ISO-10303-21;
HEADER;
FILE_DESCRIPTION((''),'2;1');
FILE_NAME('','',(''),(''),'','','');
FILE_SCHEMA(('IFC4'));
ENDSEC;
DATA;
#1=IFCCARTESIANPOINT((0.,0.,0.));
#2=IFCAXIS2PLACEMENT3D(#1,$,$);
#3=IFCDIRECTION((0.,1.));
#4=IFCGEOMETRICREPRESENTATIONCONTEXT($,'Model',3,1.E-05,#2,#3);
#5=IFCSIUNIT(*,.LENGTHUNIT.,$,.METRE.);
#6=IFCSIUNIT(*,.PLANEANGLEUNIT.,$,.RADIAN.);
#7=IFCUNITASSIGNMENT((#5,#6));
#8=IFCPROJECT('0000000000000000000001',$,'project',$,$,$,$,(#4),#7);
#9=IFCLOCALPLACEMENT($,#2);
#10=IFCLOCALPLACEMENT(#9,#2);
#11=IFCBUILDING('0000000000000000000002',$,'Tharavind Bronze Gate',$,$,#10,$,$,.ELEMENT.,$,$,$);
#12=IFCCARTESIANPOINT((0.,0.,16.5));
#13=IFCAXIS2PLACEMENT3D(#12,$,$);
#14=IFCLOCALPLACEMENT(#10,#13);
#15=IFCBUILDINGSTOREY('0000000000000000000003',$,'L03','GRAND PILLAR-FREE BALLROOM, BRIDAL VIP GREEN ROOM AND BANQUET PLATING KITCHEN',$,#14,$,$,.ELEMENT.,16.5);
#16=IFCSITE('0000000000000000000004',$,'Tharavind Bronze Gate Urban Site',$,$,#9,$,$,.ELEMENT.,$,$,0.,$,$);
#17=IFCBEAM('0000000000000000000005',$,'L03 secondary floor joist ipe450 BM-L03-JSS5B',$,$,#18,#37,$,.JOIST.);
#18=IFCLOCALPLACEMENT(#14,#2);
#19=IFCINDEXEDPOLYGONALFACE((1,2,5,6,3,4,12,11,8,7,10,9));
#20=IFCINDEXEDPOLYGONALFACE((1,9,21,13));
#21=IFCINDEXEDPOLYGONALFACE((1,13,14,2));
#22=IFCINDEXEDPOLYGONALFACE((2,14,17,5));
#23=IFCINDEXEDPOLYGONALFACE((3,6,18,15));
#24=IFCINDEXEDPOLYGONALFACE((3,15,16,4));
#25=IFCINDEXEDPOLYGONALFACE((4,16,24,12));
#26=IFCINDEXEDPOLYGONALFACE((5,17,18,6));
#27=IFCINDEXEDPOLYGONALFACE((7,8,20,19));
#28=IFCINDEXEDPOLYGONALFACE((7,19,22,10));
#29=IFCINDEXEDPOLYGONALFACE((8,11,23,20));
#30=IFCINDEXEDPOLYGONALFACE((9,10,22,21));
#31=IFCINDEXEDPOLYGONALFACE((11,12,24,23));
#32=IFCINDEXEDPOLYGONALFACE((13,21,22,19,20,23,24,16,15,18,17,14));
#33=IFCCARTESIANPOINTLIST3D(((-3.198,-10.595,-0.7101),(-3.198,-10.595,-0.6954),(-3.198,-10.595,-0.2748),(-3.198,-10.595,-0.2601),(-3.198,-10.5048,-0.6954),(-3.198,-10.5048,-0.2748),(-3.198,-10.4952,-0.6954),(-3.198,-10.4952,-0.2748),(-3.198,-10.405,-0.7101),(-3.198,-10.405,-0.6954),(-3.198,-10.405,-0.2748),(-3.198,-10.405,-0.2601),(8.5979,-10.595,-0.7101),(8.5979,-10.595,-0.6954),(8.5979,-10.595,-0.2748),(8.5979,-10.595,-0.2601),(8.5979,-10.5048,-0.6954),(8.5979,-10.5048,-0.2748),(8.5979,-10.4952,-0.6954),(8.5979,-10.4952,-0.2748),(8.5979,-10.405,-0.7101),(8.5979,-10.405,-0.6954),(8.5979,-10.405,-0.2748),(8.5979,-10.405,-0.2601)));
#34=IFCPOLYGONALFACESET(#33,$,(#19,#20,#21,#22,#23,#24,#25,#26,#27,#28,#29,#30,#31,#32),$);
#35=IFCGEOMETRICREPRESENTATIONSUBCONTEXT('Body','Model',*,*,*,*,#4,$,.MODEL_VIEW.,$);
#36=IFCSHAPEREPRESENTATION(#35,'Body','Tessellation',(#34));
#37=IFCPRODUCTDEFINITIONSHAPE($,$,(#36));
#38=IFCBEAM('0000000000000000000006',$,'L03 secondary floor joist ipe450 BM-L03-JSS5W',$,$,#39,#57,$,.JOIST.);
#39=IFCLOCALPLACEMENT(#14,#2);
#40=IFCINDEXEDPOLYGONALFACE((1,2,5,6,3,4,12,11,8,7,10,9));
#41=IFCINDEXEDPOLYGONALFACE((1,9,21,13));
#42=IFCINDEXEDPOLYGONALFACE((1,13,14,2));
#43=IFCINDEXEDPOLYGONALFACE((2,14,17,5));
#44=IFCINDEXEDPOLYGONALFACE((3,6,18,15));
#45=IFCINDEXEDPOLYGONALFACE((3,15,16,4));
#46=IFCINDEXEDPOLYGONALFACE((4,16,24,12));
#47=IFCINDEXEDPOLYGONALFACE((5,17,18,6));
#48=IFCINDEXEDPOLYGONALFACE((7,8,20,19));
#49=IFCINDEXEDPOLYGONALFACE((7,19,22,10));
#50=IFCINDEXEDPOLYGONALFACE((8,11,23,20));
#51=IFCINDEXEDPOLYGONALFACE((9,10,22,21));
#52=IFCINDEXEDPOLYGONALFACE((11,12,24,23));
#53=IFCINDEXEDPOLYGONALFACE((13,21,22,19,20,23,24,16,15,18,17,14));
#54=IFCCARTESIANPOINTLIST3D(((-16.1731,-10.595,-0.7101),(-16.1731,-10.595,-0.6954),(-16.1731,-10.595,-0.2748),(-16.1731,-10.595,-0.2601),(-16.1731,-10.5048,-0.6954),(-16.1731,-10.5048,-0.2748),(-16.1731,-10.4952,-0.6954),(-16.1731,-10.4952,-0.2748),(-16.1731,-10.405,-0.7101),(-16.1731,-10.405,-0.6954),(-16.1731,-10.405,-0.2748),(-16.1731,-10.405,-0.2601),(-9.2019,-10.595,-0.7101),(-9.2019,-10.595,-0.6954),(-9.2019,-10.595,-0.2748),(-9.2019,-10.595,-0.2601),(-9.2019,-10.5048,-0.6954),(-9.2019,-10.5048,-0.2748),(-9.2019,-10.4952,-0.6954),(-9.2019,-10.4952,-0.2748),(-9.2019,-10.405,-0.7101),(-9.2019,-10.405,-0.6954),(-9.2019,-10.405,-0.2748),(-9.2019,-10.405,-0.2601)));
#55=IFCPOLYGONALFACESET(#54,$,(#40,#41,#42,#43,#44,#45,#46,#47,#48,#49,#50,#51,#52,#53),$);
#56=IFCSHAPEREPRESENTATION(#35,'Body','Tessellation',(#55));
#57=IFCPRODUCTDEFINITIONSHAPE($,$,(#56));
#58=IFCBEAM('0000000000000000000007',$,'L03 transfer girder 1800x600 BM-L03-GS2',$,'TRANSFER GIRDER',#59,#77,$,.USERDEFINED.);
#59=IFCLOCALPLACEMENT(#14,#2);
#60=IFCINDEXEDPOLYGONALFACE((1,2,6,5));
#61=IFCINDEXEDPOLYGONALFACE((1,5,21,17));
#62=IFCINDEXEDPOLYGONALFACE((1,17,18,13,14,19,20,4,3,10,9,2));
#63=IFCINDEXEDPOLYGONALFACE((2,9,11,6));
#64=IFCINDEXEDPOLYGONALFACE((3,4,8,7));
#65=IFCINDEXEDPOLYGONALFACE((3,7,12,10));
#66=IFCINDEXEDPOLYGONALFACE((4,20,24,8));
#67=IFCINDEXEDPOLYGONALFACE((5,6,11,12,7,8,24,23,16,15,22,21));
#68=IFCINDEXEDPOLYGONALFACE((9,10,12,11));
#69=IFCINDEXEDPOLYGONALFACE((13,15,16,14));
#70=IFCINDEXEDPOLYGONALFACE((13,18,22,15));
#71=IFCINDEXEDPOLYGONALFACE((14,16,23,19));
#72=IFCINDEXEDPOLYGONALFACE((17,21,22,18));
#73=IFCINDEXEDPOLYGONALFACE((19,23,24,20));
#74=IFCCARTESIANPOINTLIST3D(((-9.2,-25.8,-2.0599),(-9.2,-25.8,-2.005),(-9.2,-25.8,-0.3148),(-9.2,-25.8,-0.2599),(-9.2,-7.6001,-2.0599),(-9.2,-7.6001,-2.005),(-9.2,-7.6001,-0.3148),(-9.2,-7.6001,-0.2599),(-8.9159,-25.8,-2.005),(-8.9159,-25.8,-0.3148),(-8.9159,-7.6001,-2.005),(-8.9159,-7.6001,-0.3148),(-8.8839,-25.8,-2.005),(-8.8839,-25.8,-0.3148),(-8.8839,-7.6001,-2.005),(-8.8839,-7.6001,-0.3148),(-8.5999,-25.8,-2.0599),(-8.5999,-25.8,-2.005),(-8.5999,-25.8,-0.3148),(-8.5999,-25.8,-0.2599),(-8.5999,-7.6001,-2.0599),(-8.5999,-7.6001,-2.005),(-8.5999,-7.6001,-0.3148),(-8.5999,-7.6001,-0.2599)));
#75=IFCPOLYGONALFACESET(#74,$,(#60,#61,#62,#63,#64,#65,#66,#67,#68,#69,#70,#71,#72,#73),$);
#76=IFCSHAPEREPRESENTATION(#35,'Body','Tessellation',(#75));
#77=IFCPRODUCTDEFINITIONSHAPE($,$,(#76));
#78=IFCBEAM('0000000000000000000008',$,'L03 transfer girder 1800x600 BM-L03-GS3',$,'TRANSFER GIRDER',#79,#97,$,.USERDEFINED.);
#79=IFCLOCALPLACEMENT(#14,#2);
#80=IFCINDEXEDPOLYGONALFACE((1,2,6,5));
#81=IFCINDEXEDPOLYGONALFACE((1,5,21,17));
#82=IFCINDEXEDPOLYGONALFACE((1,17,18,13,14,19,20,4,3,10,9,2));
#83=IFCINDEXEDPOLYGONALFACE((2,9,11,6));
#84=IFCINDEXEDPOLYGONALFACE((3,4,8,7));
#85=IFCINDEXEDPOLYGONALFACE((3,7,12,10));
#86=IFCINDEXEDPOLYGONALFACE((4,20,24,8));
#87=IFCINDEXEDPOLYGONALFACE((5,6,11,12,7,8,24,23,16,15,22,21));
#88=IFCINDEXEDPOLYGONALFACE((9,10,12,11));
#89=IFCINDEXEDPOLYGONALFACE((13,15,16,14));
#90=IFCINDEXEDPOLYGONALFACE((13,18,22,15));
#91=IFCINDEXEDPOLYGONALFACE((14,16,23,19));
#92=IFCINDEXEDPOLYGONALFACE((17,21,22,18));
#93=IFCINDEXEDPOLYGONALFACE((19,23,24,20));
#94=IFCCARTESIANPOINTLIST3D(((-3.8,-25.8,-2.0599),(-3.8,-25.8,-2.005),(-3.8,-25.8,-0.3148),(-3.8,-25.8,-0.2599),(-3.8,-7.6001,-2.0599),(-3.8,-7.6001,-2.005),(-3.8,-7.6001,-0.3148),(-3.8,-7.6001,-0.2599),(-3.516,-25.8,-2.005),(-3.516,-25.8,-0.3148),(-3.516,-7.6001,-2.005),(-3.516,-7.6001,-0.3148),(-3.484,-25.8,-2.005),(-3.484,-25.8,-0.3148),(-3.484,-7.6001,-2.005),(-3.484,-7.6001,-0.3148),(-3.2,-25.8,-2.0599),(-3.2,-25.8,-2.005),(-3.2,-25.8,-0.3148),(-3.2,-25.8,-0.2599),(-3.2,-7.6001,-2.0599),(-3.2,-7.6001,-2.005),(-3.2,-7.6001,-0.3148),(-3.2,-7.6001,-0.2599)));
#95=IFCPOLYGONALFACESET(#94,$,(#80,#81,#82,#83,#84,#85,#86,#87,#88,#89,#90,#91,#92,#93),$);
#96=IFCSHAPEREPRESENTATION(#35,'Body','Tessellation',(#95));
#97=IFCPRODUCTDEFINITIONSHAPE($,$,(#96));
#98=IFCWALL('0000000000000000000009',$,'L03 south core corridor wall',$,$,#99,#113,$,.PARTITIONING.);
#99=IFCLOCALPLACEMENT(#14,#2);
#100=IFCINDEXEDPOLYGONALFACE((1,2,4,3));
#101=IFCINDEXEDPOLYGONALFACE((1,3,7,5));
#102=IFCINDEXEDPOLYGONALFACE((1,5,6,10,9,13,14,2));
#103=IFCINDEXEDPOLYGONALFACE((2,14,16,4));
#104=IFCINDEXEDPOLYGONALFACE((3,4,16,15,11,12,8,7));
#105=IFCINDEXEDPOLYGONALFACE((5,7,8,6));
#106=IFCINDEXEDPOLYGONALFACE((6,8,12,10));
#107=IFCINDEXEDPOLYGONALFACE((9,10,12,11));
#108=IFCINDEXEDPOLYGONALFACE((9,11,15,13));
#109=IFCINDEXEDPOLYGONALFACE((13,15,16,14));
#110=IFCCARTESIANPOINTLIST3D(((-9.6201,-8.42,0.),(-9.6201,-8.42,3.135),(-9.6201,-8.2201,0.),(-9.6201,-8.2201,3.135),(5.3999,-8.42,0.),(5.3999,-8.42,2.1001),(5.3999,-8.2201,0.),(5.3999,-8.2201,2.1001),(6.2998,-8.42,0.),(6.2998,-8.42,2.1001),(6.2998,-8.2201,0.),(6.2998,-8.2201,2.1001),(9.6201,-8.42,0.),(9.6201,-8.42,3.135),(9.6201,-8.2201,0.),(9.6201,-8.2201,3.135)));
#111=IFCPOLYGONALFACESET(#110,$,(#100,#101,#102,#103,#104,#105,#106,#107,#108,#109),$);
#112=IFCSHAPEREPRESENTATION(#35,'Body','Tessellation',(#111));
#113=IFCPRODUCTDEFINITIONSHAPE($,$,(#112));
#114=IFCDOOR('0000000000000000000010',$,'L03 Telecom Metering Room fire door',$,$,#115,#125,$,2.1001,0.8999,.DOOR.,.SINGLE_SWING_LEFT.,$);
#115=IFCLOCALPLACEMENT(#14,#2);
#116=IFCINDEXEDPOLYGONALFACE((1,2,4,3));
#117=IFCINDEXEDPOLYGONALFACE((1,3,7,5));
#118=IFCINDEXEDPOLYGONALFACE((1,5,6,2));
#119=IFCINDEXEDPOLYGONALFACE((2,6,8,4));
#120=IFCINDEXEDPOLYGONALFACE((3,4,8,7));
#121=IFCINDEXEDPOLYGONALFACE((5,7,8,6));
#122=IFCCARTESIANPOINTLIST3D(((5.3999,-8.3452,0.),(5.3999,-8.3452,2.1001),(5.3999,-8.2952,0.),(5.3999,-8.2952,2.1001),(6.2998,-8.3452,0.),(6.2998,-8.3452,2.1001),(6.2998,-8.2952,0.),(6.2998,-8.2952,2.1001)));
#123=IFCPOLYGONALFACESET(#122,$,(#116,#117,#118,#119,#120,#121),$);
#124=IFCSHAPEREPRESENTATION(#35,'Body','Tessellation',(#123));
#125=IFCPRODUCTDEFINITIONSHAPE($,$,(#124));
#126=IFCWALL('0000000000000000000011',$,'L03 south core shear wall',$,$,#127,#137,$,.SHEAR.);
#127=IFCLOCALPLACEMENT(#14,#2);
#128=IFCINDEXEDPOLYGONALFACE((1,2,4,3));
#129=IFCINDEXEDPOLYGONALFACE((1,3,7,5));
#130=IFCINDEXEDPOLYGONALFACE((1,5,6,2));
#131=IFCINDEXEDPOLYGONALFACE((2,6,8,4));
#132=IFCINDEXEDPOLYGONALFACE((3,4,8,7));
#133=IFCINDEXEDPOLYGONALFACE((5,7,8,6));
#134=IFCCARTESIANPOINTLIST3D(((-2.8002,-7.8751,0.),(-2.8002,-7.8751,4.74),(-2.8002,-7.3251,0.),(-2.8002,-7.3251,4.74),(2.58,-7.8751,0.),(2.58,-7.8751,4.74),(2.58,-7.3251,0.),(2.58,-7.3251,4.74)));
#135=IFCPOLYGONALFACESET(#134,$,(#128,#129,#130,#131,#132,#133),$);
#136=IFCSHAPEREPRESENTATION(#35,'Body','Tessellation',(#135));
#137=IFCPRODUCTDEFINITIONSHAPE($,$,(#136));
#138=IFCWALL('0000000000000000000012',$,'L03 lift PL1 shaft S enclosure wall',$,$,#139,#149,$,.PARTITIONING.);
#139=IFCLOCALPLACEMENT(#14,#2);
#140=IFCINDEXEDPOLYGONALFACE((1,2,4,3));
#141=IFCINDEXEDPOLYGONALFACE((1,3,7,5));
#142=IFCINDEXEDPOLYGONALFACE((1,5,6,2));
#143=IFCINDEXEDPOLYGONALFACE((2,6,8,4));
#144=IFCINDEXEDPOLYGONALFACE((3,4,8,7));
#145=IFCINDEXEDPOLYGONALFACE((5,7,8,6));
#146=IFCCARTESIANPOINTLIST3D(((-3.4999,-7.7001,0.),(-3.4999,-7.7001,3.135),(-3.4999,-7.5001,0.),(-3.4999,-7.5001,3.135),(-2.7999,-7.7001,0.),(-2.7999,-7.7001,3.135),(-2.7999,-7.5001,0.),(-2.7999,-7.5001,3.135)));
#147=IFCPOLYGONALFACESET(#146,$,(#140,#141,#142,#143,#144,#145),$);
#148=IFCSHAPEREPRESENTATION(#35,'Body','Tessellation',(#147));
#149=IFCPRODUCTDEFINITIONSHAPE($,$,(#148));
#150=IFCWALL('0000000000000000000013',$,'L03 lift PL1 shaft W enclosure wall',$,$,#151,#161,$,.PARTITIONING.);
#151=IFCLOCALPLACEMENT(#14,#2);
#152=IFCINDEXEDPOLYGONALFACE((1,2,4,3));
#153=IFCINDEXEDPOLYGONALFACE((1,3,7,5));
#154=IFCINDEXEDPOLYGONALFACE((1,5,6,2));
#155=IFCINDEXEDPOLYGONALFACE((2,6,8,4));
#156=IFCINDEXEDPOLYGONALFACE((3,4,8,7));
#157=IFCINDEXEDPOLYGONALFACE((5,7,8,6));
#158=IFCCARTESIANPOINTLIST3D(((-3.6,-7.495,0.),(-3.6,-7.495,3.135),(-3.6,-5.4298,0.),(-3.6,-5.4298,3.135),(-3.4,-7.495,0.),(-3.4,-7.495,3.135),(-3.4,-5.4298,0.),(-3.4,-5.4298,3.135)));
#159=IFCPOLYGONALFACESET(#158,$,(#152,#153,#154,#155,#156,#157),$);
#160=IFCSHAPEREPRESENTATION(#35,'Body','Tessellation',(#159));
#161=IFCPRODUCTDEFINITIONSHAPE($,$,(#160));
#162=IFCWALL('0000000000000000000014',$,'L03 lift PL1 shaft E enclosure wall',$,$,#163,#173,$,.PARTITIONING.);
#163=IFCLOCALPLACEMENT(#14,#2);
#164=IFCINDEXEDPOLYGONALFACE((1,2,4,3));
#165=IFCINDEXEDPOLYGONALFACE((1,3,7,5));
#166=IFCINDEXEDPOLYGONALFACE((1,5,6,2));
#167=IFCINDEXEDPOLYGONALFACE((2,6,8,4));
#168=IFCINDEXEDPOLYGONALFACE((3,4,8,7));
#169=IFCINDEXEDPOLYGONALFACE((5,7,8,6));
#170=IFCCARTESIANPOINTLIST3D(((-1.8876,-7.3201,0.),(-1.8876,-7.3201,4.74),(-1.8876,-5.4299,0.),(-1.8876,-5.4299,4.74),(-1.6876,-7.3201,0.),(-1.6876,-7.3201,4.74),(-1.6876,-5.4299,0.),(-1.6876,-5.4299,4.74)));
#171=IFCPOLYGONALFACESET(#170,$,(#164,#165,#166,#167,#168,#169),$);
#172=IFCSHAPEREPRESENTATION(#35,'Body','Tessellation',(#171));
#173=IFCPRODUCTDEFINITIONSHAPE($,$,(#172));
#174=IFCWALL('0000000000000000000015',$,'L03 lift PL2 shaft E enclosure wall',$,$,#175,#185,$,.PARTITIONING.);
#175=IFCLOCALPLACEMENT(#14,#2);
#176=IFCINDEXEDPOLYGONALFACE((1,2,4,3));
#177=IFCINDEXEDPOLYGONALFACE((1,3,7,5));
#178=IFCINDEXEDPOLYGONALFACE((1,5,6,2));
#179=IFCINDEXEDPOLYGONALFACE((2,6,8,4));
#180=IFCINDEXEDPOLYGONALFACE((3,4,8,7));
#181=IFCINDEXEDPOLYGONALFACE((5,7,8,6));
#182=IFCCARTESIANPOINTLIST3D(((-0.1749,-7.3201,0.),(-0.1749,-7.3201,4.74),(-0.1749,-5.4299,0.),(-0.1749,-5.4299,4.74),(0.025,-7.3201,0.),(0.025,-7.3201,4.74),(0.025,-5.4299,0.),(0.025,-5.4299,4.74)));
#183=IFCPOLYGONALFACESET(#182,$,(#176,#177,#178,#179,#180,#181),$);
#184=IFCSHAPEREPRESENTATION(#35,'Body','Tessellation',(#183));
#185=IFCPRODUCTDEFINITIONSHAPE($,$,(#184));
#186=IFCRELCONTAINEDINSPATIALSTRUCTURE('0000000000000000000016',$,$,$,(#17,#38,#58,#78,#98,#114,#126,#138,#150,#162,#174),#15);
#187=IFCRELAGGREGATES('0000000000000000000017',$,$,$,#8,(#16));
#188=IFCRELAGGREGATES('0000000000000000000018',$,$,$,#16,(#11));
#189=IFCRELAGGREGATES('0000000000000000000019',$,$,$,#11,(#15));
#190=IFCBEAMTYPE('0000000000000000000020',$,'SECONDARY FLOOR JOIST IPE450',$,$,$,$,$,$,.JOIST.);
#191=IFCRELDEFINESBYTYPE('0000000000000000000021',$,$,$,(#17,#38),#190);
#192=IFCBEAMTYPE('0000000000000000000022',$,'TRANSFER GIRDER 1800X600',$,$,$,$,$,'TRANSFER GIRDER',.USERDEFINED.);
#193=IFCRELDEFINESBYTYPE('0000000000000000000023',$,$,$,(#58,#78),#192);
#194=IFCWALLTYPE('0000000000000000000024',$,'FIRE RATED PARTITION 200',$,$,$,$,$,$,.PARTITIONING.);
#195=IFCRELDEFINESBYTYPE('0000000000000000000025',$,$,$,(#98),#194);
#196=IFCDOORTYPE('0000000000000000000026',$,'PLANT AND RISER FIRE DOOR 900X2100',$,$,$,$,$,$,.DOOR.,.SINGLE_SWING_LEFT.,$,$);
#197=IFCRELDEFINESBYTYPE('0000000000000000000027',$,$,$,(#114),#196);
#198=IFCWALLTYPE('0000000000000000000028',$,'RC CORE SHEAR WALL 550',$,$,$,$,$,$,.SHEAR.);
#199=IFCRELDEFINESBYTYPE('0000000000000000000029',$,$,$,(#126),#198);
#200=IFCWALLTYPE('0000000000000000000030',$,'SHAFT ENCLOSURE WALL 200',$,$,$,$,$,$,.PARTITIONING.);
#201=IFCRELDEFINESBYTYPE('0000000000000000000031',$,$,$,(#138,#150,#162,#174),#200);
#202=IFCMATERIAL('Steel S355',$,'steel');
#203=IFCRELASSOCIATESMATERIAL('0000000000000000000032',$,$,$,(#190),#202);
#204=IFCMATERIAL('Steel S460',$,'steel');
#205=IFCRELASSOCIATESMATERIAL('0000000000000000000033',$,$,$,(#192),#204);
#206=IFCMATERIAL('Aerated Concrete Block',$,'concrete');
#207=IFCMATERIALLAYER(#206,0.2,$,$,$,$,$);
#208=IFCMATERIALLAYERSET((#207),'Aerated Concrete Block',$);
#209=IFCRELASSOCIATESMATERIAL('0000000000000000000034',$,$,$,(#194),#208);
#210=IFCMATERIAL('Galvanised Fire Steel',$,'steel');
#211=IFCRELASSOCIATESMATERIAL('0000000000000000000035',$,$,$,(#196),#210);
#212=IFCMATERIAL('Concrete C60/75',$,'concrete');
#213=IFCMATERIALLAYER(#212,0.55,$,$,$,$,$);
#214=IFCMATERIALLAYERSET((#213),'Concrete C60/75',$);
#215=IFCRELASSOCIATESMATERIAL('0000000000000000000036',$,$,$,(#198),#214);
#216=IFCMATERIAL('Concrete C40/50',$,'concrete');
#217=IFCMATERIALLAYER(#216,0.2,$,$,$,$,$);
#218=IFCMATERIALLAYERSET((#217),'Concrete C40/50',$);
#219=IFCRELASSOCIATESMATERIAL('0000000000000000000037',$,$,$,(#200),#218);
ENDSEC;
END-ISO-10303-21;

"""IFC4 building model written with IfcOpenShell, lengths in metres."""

from ifc_helpers import new_model, si_unit, direction, frame, frame_2d, origin, origin_2d, place, context, subcontext, project, spatial, rectangle, i_section, extrude, material, layer, layer_set, material_profile, profile_set, type_object, element, fill, save


model = new_model("IFC4")

# Units and contexts
model_context = context("Model", 3, precision=1e-05, world=origin(), true_north=direction((0.0, 1.0)))
body_context = subcontext(model_context, "Body", "Model", "MODEL_VIEW")
ifc_project = project(units=[si_unit("LENGTHUNIT", "METRE"), si_unit("PLANEANGLEUNIT", "RADIAN")], contexts=[model_context])

# Site, building, storey
site_placement = place(None, origin())
site = spatial("IfcSite", under=ifc_project, at=site_placement, Name="Tharavind Bronze Gate Urban Site", CompositionType="ELEMENT", RefElevation=0.0)
building_placement = place(site_placement, origin())
building = spatial("IfcBuilding", under=site, at=building_placement, Name="Tharavind Bronze Gate", CompositionType="ELEMENT")
storey_placement = place(building_placement, frame((0.0, 0.0, 16.5)))
storey = spatial("IfcBuildingStorey", under=building, at=storey_placement, Name="L03", Description="GRAND PILLAR-FREE BALLROOM, BRIDAL VIP GREEN ROOM AND BANQUET PLATING KITCHEN", CompositionType="ELEMENT", Elevation=16.5)

# Beams
ifc_material_1 = material(Name="Steel S355", Category="steel")
ifc_material_profile_1 = material_profile(ifc_material_1, i_section(OverallWidth=0.1899, OverallDepth=0.45, WebThickness=0.0095, FlangeThickness=0.0146, at=origin_2d()), Name="IPE450")
ifc_profile_set_1 = profile_set([ifc_material_profile_1], Name="Steel S355")
beam_type_1 = type_object("IfcBeamType", Name="SECONDARY FLOOR JOIST IPE450", PredefinedType="JOIST", material=ifc_profile_set_1)
beam_1_placement = place(storey_placement, frame((-3.198, -10.5, -0.4851), z_axis=(1.0, 0.0, 0.0), x_axis=(0.0, 1.0, 0.0)))
element("IfcBeam", 1, at=beam_1_placement, inside=storey, type_object=beam_type_1, Name="L03 secondary floor joist ipe450 BM-L03-JSS5B", PredefinedType="JOIST", context=body_context, shape_type="SweptSolid", body=[
    extrude(i_section(OverallWidth=0.1899, OverallDepth=0.45, WebThickness=0.0095, FlangeThickness=0.0146, at=origin_2d()), origin(), (0.0, 0.0, 1.0), 11.7959),
])
beam_2_placement = place(storey_placement, frame((-16.1731, -10.5, -0.4851), z_axis=(1.0, 0.0, 0.0), x_axis=(0.0, 1.0, 0.0)))
element("IfcBeam", 2, at=beam_2_placement, inside=storey, type_object=beam_type_1, Name="L03 secondary floor joist ipe450 BM-L03-JSS5W", PredefinedType="JOIST", context=body_context, shape_type="SweptSolid", body=[
    extrude(i_section(OverallWidth=0.1899, OverallDepth=0.45, WebThickness=0.0095, FlangeThickness=0.0146, at=origin_2d()), origin(), (0.0, 0.0, 1.0), 6.9712),
])
ifc_material_2 = material(Name="Steel S460", Category="steel")
ifc_material_profile_2 = material_profile(ifc_material_2, i_section(OverallWidth=0.6001, OverallDepth=1.8, WebThickness=0.032, FlangeThickness=0.0549, at=origin_2d()), Name="PG1800X600")
ifc_profile_set_2 = profile_set([ifc_material_profile_2], Name="Steel S460")
beam_type_2 = type_object("IfcBeamType", Name="TRANSFER GIRDER 1800X600", ElementType="TRANSFER GIRDER", PredefinedType="USERDEFINED", material=ifc_profile_set_2)
for number, where, z_axis, x_axis, name in (
    (3, (-8.8999, -25.8, -1.1599), (0.0, 1.0, 0.0), (-1.0, 0.0, 0.0), "L03 transfer girder 1800x600 BM-L03-GS2"),
    (4, (-3.5, -25.8, -1.1599), (0.0, 1.0, 0.0), (-1.0, 0.0, 0.0), "L03 transfer girder 1800x600 BM-L03-GS3"),
):
    element("IfcBeam", number, at=place(storey_placement, frame(where, z_axis=z_axis, x_axis=x_axis)), inside=storey, type_object=beam_type_2, Name=name, ObjectType="TRANSFER GIRDER", PredefinedType="USERDEFINED", context=body_context, shape_type="SweptSolid", body=[
        extrude(i_section(OverallWidth=0.6001, OverallDepth=1.8, WebThickness=0.032, FlangeThickness=0.0549, at=origin_2d()), origin(), (0.0, 0.0, 1.0), 18.2),
    ])

# Wall, opening, door
ifc_material_3 = material(Name="Aerated Concrete Block", Category="concrete")
ifc_layer_1 = layer(ifc_material_3, 0.2)
ifc_layer_set_1 = layer_set([ifc_layer_1], Name="Aerated Concrete Block")
wall_type_1 = type_object("IfcWallType", Name="FIRE RATED PARTITION 200", PredefinedType="PARTITIONING", material=ifc_layer_set_1)
wall_1_placement = place(storey_placement, frame((-9.6201, -8.3201, 0.0), z_axis=(0.0, 0.0, 1.0), x_axis=(1.0, 0.0, 0.0)))
wall_1 = element("IfcWall", 5, at=wall_1_placement, inside=storey, type_object=wall_type_1, Name="L03 south core corridor wall", PredefinedType="PARTITIONING", context=body_context, shape_type="SweptSolid", body=[
    extrude(rectangle(XDim=19.2402, YDim=0.2, at=frame_2d((9.6201, 0.0))), origin(), (0.0, 0.0, 1.0), 3.135),
])
opening_placement = place(wall_1_placement, frame((15.02, 0.0, 0.0)))
opening = element("IfcOpeningElement", 6, at=opening_placement, cuts=wall_1, PredefinedType="OPENING", context=body_context, shape_type="SweptSolid", body=[
    extrude(rectangle(XDim=0.8999, YDim=2.1001, at=frame_2d((0.45, 1.05))), frame((0.0, 0.1101, 0.0), z_axis=(0.0, -1.0, 0.0), x_axis=(1.0, 0.0, 0.0)), (0.0, 0.0, 1.0), 0.22),
])
ifc_material_4 = material(Name="Galvanised Fire Steel", Category="steel")
door_type = type_object("IfcDoorType", Name="PLANT AND RISER FIRE DOOR 900X2100", OperationType="SINGLE_SWING_LEFT", PredefinedType="DOOR", material=ifc_material_4)
door_placement = place(opening_placement, origin())
door = element("IfcDoor", 7, at=door_placement, inside=storey, type_object=door_type, Name="L03 Telecom Metering Room fire door", OperationType="SINGLE_SWING_LEFT", OverallHeight=2.1001, OverallWidth=0.8999, PredefinedType="DOOR", context=body_context, shape_type="SweptSolid", body=[
    extrude(rectangle(XDim=0.8999, YDim=2.1001, at=frame_2d((0.45, 1.05))), frame((0.0, 0.0249, 0.0), z_axis=(0.0, -1.0, 0.0), x_axis=(1.0, 0.0, 0.0)), (0.0, 0.0, 1.0), 0.05),
])
fill(opening, door)

# Walls
ifc_material_5 = material(Name="Concrete C60/75", Category="concrete")
ifc_layer_2 = layer(ifc_material_5, 0.55)
ifc_layer_set_2 = layer_set([ifc_layer_2], Name="Concrete C60/75")
wall_type_2 = type_object("IfcWallType", Name="RC CORE SHEAR WALL 550", PredefinedType="SHEAR", material=ifc_layer_set_2)
wall_2_placement = place(storey_placement, frame((-2.8, -7.6001, 0.0), z_axis=(0.0, 0.0, 1.0), x_axis=(1.0, 0.0, 0.0)))
element("IfcWall", 8, at=wall_2_placement, inside=storey, type_object=wall_type_2, Name="L03 south core shear wall", PredefinedType="SHEAR", context=body_context, shape_type="SweptSolid", body=[
    extrude(rectangle(XDim=5.3801, YDim=0.55, at=frame_2d((2.6899, 0.0))), origin(), (0.0, 0.0, 1.0), 4.74),
])
ifc_material_6 = material(Name="Concrete C40/50", Category="concrete")
ifc_layer_3 = layer(ifc_material_6, 0.2)
ifc_layer_set_3 = layer_set([ifc_layer_3], Name="Concrete C40/50")
wall_type_3 = type_object("IfcWallType", Name="SHAFT ENCLOSURE WALL 200", PredefinedType="PARTITIONING", material=ifc_layer_set_3)
wall_3_placement = place(storey_placement, frame((-3.5, -7.6001, 0.0), z_axis=(0.0, 0.0, 1.0), x_axis=(1.0, 0.0, 0.0)))
element("IfcWall", 9, at=wall_3_placement, inside=storey, type_object=wall_type_3, Name="L03 lift PL1 shaft S enclosure wall", PredefinedType="PARTITIONING", context=body_context, shape_type="SweptSolid", body=[
    extrude(rectangle(XDim=0.7, YDim=0.2, at=frame_2d((0.3501, 0.0))), origin(), (0.0, 0.0, 1.0), 3.135),
])
wall_4_placement = place(storey_placement, frame((-3.5, -7.4951, 0.0), z_axis=(0.0, 0.0, 1.0), x_axis=(0.0, 1.0, 0.0)))
element("IfcWall", 10, at=wall_4_placement, inside=storey, type_object=wall_type_3, Name="L03 lift PL1 shaft W enclosure wall", PredefinedType="PARTITIONING", context=body_context, shape_type="SweptSolid", body=[
    extrude(rectangle(XDim=2.0652, YDim=0.2, at=frame_2d((1.0327, 0.0))), origin(), (0.0, 0.0, 1.0), 3.135),
])
for number, where, z_axis, x_axis, name in (
    (11, (-1.7876, -7.3201, 0.0), (0.0, 0.0, 1.0), (0.0, 1.0, 0.0), "L03 lift PL1 shaft E enclosure wall"),
    (12, (-0.075, -7.3201, 0.0), (0.0, 0.0, 1.0), (0.0, 1.0, 0.0), "L03 lift PL2 shaft E enclosure wall"),
):
    element("IfcWall", number, at=place(storey_placement, frame(where, z_axis=z_axis, x_axis=x_axis)), inside=storey, type_object=wall_type_3, Name=name, PredefinedType="PARTITIONING", context=body_context, shape_type="SweptSolid", body=[
        extrude(rectangle(XDim=1.8901, YDim=0.2, at=frame_2d((0.9451, 0.0))), origin(), (0.0, 0.0, 1.0), 4.74),
    ])

save(model, "model.ifc")
